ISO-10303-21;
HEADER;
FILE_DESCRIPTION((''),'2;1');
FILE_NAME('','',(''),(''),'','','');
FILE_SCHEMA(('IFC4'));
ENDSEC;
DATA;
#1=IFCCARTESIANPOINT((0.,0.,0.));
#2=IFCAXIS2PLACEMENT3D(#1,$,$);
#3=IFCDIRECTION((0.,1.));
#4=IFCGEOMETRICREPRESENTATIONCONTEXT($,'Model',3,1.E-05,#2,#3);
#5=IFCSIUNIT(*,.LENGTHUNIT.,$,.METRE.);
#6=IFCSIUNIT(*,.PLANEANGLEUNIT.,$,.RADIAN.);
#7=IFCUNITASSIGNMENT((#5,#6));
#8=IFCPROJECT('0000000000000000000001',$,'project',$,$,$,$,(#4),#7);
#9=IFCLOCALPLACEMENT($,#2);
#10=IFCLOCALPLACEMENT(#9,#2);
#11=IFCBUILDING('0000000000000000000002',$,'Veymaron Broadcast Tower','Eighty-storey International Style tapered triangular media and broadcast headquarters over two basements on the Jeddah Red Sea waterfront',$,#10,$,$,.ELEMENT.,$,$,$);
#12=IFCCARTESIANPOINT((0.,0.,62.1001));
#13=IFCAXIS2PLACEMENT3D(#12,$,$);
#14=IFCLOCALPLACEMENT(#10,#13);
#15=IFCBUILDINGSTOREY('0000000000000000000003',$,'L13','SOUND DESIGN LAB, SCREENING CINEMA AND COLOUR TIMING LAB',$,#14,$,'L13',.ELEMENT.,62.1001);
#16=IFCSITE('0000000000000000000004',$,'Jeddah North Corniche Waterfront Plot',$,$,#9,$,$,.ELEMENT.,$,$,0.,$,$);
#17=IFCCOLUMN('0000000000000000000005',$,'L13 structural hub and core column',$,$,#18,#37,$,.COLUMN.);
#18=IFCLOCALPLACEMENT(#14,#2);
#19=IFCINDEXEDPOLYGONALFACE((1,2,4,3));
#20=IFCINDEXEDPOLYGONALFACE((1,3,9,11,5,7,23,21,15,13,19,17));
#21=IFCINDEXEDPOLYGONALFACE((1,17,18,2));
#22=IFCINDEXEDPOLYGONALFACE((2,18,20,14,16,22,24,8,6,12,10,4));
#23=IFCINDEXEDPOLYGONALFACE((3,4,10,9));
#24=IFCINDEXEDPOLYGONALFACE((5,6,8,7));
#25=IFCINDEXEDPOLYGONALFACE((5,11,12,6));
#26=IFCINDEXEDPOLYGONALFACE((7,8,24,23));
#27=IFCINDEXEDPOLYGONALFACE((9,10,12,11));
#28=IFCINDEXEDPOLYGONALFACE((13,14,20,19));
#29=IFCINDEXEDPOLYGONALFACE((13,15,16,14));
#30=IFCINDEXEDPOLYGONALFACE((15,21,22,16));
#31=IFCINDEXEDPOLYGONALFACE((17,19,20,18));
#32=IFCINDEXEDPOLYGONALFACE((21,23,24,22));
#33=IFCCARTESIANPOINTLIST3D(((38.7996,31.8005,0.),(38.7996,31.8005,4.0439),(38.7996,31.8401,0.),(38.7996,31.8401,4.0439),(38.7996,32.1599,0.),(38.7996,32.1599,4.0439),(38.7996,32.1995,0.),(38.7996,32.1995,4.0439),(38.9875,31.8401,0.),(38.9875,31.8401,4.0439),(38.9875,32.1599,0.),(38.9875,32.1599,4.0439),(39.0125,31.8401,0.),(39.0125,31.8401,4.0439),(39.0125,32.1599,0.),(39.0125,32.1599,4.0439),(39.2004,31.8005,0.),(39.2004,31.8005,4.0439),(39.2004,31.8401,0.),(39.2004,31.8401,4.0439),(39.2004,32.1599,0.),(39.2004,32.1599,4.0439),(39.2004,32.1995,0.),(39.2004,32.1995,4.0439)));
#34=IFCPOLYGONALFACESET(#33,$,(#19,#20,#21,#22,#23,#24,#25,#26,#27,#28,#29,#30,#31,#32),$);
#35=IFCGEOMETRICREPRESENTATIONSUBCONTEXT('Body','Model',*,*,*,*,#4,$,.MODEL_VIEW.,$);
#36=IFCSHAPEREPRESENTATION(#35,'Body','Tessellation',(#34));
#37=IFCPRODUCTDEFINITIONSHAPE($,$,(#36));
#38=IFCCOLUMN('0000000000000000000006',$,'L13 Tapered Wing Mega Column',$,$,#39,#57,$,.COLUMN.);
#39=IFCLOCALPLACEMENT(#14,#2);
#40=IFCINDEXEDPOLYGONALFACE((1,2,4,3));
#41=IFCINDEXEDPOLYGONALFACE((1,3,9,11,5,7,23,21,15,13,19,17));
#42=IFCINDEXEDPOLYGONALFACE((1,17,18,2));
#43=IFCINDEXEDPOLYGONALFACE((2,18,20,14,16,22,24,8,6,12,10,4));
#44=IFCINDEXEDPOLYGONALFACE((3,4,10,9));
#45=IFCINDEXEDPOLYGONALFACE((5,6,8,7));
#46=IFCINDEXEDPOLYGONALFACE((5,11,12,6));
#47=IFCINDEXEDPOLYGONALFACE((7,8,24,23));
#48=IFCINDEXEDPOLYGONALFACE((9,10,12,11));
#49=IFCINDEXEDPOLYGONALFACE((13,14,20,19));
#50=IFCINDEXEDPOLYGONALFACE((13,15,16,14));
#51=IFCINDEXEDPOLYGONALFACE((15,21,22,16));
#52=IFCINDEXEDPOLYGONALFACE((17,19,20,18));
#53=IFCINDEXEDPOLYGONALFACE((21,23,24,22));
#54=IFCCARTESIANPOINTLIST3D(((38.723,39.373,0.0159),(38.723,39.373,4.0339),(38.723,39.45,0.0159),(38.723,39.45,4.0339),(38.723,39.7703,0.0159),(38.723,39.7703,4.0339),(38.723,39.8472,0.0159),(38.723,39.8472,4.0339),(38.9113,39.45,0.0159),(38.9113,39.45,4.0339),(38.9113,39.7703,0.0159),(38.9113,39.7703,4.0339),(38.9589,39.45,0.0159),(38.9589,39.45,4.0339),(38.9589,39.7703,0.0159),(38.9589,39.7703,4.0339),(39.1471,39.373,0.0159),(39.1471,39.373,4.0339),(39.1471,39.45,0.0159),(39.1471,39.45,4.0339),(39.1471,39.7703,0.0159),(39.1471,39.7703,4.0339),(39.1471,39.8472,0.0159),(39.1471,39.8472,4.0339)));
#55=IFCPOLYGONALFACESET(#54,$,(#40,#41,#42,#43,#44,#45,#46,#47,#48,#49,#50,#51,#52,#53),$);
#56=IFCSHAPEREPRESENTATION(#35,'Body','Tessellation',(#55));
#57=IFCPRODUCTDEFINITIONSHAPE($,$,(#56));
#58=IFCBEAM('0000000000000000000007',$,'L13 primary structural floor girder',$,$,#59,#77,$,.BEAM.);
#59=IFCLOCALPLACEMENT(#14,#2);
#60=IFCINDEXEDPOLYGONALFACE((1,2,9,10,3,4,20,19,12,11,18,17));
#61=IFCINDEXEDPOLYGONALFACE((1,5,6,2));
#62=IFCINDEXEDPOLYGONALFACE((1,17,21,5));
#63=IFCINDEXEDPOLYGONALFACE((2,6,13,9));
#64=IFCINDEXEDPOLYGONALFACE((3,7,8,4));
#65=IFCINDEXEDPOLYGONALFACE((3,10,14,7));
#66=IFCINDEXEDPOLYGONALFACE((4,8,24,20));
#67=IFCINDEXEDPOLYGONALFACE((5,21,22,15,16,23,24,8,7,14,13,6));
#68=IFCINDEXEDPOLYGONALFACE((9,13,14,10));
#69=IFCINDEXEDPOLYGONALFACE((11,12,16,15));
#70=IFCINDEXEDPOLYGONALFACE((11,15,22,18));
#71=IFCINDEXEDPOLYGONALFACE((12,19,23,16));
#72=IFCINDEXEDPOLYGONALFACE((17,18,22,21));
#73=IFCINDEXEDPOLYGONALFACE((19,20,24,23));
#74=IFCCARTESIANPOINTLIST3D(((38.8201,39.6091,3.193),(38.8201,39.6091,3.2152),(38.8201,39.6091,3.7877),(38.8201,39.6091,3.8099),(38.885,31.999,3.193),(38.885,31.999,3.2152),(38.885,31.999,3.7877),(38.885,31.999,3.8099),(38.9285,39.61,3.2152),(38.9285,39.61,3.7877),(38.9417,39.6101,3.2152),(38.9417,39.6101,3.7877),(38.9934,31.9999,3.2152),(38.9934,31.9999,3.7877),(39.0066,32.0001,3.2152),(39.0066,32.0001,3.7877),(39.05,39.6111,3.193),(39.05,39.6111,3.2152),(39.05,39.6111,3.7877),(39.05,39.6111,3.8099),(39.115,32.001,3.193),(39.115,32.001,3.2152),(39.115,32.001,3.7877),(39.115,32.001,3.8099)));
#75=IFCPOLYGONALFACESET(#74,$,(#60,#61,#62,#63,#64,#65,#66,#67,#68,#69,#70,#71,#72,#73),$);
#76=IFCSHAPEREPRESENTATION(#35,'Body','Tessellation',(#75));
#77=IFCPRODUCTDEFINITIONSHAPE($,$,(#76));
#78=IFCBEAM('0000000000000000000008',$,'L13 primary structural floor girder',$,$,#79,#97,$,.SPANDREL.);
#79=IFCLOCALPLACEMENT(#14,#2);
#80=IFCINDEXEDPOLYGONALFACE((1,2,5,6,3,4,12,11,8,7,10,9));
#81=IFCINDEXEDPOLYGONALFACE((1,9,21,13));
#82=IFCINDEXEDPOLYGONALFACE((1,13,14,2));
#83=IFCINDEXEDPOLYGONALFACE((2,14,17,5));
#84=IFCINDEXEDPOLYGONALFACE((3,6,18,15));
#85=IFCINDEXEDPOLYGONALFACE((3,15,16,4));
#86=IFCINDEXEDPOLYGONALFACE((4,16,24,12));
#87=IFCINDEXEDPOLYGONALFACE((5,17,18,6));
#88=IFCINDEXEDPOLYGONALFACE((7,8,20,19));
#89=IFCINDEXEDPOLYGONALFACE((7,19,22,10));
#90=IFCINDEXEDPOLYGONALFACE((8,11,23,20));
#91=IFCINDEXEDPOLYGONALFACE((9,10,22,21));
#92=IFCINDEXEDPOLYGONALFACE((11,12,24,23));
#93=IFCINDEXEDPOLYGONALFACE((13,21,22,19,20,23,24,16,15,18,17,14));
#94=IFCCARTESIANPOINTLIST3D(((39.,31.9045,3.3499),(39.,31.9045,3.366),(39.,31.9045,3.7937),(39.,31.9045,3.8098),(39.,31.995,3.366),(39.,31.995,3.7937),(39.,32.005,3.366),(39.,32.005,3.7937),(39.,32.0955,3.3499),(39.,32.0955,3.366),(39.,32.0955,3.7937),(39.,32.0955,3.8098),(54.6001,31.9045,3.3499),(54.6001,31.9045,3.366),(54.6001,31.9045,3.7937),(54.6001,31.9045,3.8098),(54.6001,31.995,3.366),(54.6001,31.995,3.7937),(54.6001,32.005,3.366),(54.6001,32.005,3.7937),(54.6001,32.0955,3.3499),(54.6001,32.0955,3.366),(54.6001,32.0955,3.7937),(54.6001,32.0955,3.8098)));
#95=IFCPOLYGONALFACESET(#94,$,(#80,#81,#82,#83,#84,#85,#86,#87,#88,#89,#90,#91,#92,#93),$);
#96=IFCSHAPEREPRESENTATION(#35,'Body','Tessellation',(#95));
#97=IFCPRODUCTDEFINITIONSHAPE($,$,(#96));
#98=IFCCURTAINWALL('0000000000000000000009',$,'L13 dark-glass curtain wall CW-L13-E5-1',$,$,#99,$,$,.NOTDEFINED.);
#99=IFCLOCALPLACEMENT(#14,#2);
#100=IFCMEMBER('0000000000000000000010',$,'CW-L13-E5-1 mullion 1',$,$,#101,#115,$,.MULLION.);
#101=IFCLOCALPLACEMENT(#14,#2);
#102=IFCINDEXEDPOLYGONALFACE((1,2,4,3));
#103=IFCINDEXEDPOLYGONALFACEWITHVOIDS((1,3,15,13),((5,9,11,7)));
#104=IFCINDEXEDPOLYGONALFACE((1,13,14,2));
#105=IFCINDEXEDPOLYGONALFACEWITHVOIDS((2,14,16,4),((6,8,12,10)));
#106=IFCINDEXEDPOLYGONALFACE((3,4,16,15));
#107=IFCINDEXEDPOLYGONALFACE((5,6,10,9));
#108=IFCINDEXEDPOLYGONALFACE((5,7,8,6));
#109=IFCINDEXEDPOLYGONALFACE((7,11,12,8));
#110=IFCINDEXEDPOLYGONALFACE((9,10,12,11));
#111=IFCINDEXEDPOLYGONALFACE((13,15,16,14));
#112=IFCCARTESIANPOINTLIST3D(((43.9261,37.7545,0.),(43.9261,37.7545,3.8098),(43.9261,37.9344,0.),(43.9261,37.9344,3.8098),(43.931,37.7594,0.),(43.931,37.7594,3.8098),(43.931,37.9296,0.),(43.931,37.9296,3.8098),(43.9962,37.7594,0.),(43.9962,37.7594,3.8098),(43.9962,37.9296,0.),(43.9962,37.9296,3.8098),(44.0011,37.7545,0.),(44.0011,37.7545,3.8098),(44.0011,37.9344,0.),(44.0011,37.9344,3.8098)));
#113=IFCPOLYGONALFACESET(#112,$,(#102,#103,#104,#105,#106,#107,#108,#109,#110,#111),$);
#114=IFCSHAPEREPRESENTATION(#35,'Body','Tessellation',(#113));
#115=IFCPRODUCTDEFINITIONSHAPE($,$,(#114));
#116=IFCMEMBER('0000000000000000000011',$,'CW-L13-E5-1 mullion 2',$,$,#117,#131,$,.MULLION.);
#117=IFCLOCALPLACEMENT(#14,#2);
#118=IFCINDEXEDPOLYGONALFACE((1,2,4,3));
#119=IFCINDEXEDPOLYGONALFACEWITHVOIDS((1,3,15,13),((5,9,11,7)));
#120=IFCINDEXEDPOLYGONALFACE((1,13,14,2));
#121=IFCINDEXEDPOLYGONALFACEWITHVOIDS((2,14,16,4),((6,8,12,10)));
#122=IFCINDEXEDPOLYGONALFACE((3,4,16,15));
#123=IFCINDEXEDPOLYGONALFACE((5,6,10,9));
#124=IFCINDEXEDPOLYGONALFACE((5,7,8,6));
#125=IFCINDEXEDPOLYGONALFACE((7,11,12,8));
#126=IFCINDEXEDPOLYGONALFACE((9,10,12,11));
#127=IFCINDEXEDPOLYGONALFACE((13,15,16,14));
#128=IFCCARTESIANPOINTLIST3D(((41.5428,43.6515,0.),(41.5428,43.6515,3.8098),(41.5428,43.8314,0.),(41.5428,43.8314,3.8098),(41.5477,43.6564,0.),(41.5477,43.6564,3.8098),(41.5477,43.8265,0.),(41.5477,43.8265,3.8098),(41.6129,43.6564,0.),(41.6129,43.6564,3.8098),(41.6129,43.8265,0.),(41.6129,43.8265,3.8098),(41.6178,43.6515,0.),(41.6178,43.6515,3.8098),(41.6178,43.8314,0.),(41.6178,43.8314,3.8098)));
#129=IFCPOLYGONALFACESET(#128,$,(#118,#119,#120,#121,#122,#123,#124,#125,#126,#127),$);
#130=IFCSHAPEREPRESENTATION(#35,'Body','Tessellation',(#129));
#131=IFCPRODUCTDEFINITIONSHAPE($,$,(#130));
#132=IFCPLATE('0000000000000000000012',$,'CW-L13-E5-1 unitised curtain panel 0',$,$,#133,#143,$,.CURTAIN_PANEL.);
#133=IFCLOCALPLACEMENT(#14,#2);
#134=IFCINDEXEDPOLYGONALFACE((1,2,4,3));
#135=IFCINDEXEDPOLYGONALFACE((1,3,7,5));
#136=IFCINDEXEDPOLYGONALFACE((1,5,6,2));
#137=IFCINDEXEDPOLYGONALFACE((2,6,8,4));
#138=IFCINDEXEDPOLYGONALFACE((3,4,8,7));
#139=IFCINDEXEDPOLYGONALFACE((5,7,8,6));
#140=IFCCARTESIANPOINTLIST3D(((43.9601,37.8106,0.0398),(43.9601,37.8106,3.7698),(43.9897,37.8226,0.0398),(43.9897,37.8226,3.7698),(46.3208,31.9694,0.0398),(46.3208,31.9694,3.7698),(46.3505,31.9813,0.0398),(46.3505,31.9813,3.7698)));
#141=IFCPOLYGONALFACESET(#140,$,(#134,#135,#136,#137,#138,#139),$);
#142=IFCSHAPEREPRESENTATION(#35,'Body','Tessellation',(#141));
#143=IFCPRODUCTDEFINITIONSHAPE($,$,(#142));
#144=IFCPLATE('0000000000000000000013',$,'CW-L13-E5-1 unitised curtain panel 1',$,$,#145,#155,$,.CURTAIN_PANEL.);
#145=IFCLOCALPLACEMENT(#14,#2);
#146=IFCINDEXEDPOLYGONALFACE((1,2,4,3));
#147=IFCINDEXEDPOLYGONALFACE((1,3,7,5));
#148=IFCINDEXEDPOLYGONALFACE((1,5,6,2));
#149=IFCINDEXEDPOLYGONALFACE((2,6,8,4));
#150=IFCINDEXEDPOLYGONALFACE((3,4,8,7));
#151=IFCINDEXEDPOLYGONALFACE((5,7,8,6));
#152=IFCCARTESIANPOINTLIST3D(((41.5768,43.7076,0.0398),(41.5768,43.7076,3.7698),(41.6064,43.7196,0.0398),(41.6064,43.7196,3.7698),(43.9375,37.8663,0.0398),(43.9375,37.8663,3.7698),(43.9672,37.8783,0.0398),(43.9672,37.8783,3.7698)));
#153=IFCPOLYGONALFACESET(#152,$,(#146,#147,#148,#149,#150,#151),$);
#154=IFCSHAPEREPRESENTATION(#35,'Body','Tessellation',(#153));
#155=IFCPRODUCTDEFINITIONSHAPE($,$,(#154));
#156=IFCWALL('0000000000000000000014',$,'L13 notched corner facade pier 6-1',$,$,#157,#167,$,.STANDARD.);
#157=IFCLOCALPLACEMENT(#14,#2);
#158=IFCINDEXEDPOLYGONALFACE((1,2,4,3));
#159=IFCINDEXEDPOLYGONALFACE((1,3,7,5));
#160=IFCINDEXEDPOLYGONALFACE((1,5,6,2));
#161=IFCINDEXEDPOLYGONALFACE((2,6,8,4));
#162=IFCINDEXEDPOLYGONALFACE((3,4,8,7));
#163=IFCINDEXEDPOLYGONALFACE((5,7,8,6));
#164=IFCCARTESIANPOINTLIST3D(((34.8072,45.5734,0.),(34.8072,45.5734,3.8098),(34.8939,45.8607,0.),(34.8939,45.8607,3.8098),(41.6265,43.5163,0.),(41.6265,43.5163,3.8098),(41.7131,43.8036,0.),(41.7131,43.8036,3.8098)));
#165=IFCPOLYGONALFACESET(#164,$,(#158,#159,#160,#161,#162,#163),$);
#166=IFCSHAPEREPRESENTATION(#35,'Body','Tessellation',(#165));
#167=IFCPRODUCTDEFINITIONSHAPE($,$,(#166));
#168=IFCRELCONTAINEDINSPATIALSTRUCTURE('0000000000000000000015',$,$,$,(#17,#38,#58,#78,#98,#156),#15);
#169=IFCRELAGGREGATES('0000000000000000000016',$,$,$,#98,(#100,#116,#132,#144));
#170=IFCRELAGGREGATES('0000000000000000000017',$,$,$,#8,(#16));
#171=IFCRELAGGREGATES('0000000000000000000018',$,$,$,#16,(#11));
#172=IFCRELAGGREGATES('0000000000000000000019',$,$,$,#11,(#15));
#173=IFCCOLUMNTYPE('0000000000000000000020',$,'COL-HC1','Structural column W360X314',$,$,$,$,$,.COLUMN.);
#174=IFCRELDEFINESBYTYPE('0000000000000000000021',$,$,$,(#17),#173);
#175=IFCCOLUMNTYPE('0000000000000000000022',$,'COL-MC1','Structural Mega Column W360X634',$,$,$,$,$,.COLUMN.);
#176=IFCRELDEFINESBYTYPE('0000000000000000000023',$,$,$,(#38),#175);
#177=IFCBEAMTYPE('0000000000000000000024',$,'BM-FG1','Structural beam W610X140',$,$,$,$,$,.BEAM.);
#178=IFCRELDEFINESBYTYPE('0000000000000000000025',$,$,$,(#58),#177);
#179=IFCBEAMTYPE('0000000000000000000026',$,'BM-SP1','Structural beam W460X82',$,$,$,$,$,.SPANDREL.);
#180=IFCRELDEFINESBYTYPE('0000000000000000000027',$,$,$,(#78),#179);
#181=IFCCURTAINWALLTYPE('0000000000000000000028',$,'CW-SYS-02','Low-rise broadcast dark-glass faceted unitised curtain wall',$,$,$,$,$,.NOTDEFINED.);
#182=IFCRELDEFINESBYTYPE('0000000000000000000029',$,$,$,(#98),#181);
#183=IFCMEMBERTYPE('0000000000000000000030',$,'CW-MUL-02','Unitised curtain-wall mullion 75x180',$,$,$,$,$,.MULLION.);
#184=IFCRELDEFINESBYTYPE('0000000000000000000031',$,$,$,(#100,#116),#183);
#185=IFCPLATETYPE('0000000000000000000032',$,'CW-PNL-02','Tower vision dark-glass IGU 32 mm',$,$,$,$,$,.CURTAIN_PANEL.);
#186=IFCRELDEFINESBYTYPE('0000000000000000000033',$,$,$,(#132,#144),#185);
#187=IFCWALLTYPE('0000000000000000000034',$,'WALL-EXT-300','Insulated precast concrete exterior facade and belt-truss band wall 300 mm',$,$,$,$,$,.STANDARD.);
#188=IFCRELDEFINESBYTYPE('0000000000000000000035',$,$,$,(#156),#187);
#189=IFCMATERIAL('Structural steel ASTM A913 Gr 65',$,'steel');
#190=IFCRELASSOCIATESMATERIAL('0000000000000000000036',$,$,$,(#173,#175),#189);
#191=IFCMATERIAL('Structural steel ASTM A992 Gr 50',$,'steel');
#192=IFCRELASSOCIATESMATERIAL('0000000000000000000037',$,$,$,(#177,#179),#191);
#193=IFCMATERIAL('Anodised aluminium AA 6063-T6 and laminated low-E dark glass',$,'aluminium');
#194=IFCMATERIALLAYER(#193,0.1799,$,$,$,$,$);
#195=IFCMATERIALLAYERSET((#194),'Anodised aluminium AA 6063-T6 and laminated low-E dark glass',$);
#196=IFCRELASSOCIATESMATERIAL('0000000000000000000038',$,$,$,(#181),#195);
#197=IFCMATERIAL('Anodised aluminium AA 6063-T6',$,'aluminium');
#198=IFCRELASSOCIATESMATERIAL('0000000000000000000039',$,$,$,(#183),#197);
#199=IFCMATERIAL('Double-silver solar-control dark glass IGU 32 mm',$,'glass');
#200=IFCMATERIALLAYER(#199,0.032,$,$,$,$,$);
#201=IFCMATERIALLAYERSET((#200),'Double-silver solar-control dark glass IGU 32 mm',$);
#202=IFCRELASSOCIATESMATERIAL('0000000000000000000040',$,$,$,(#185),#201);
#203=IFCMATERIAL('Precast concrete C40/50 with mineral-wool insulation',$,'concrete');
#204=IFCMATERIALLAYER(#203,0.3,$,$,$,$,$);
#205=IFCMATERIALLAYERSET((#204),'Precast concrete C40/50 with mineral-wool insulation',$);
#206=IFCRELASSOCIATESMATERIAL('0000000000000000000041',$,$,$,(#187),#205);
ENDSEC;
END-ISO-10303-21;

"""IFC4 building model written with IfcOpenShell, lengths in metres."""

from ifc_helpers import new_model, si_unit, direction, frame, frame_2d, origin, origin_2d, place, context, subcontext, project, spatial, rectangle, hollow_rectangle, i_section, extrude, material, layer, layer_set, material_profile, profile_set, type_object, element, aggregate, save


model = new_model("IFC4")

# Units and contexts
model_context = context("Model", 3, precision=1e-05, world=origin(), true_north=direction((0.0, 1.0)))
body_context = subcontext(model_context, "Body", "Model", "MODEL_VIEW")
ifc_project = project(units=[si_unit("LENGTHUNIT", "METRE"), si_unit("PLANEANGLEUNIT", "RADIAN")], contexts=[model_context])

# Site, building, storey
site_placement = place(None, origin())
site = spatial("IfcSite", under=ifc_project, at=site_placement, Name="Jeddah North Corniche Waterfront Plot", CompositionType="ELEMENT", RefElevation=0.0)
building_placement = place(site_placement, origin())
building = spatial("IfcBuilding", under=site, at=building_placement, Name="Veymaron Broadcast Tower", Description="Eighty-storey International Style tapered triangular media and broadcast headquarters over two basements on the Jeddah Red Sea waterfront", CompositionType="ELEMENT")
storey_placement = place(building_placement, frame((0.0, 0.0, 62.1001)))
storey = spatial("IfcBuildingStorey", under=building, at=storey_placement, Name="L13", Description="SOUND DESIGN LAB, SCREENING CINEMA AND COLOUR TIMING LAB", LongName="L13", CompositionType="ELEMENT", Elevation=62.1001)

# Columns
ifc_material_1 = material(Name="Structural steel ASTM A913 Gr 65", Category="steel")
ifc_material_profile_1 = material_profile(ifc_material_1, i_section(OverallWidth=0.4009, OverallDepth=0.3989, WebThickness=0.0249, FlangeThickness=0.0396, at=origin_2d()), Name="W360X314")
ifc_profile_set_1 = profile_set([ifc_material_profile_1], Name="Structural steel ASTM A913 Gr 65")
column_type_1 = type_object("IfcColumnType", Name="COL-HC1", Description="Structural column W360X314", PredefinedType="COLUMN", material=ifc_profile_set_1)
column_1_placement = place(storey_placement, frame((39.0, 32.0, 0.0), z_axis=(0.0, 0.0, 1.0), x_axis=(1.0, 0.0, 0.0)))
element("IfcColumn", 1, at=column_1_placement, inside=storey, type_object=column_type_1, Name="L13 structural hub and core column", PredefinedType="COLUMN", context=body_context, shape_type="SweptSolid", body=[
    extrude(i_section(OverallWidth=0.4009, OverallDepth=0.3989, WebThickness=0.0249, FlangeThickness=0.0396, at=origin_2d()), origin(), (0.0, 0.0, 1.0), 4.0439),
])
ifc_material_profile_2 = material_profile(ifc_material_1, i_section(OverallWidth=0.4241, OverallDepth=0.4741, WebThickness=0.0476, FlangeThickness=0.0769, at=origin_2d()), Name="W360X634")
ifc_profile_set_2 = profile_set([ifc_material_profile_2], Name="Structural steel ASTM A913 Gr 65")
column_type_2 = type_object("IfcColumnType", Name="COL-MC1", Description="Structural Mega Column W360X634", PredefinedType="COLUMN", material=ifc_profile_set_2)
column_2_placement = place(storey_placement, frame((38.9351, 39.6101, 0.0159), z_axis=(0.0, 0.0, 1.0), x_axis=(1.0, 0.0, 0.0)))
element("IfcColumn", 2, at=column_2_placement, inside=storey, type_object=column_type_2, Name="L13 Tapered Wing Mega Column", PredefinedType="COLUMN", context=body_context, shape_type="SweptSolid", body=[
    extrude(i_section(OverallWidth=0.4241, OverallDepth=0.4741, WebThickness=0.0476, FlangeThickness=0.0769, at=origin_2d()), origin(), (0.0, 0.0, 1.0), 4.0181),
])

# Beams
ifc_material_2 = material(Name="Structural steel ASTM A992 Gr 50", Category="steel")
ifc_material_profile_3 = material_profile(ifc_material_2, i_section(OverallWidth=0.23, OverallDepth=0.6169, WebThickness=0.0132, FlangeThickness=0.0222, at=origin_2d()), Name="W610X140")
ifc_profile_set_3 = profile_set([ifc_material_profile_3], Name="Structural steel ASTM A992 Gr 50")
beam_type_1 = type_object("IfcBeamType", Name="BM-FG1", Description="Structural beam W610X140", PredefinedType="BEAM", material=ifc_profile_set_3)
beam_1_placement = place(storey_placement, frame((39.0, 32.0, 3.5015), z_axis=(-0.008533, 0.999964, 0.0), x_axis=(-0.999964, -0.008533, 0.0)))
element("IfcBeam", 3, at=beam_1_placement, inside=storey, type_object=beam_type_1, Name="L13 primary structural floor girder", PredefinedType="BEAM", context=body_context, shape_type="SweptSolid", body=[
    extrude(i_section(OverallWidth=0.23, OverallDepth=0.6169, WebThickness=0.0132, FlangeThickness=0.0222, at=origin_2d()), origin(), (0.0, 0.0, 1.0), 7.6104),
])
ifc_material_profile_4 = material_profile(ifc_material_2, i_section(OverallWidth=0.1909, OverallDepth=0.46, WebThickness=0.01, FlangeThickness=0.0161, at=origin_2d()), Name="W460X82")
ifc_profile_set_4 = profile_set([ifc_material_profile_4], Name="Structural steel ASTM A992 Gr 50")
beam_type_2 = type_object("IfcBeamType", Name="BM-SP1", Description="Structural beam W460X82", PredefinedType="SPANDREL", material=ifc_profile_set_4)
beam_2_placement = place(storey_placement, frame((39.0, 32.0, 3.5798), z_axis=(1.0, 0.0, 0.0), x_axis=(0.0, 1.0, 0.0)))
element("IfcBeam", 4, at=beam_2_placement, inside=storey, type_object=beam_type_2, Name="L13 primary structural floor girder", PredefinedType="SPANDREL", context=body_context, shape_type="SweptSolid", body=[
    extrude(i_section(OverallWidth=0.1909, OverallDepth=0.46, WebThickness=0.01, FlangeThickness=0.0161, at=origin_2d()), origin(), (0.0, 0.0, 1.0), 15.6001),
])

# Curtain wall, members, plates
ifc_material_3 = material(Name="Anodised aluminium AA 6063-T6 and laminated low-E dark glass", Category="aluminium")
ifc_layer_1 = layer(ifc_material_3, 0.1799)
ifc_layer_set_1 = layer_set([ifc_layer_1], Name="Anodised aluminium AA 6063-T6 and laminated low-E dark glass")
curtain_wall_type = type_object("IfcCurtainWallType", Name="CW-SYS-02", Description="Low-rise broadcast dark-glass faceted unitised curtain wall", PredefinedType="NOTDEFINED", material=ifc_layer_set_1)
curtain_wall_placement = place(storey_placement, origin())
curtain_wall = element("IfcCurtainWall", 5, at=curtain_wall_placement, inside=storey, type_object=curtain_wall_type, Name="L13 dark-glass curtain wall CW-L13-E5-1", PredefinedType="NOTDEFINED")
ifc_material_4 = material(Name="Anodised aluminium AA 6063-T6", Category="aluminium")
ifc_material_profile_5 = material_profile(ifc_material_4, hollow_rectangle(XDim=0.075, YDim=0.1799, WallThickness=0.0049, at=origin_2d()), Name="AL180X75X5")
ifc_profile_set_5 = profile_set([ifc_material_profile_5], Name="Anodised aluminium AA 6063-T6")
member_type = type_object("IfcMemberType", Name="CW-MUL-02", Description="Unitised curtain-wall mullion 75x180", PredefinedType="MULLION", material=ifc_profile_set_5)
member_1_placement = place(storey_placement, frame((43.9636, 37.8445, 0.0), z_axis=(0.0, 0.0, 1.0), x_axis=(1.0, 0.0, 0.0)))
member_1 = element("IfcMember", 6, at=member_1_placement, type_object=member_type, Name="CW-L13-E5-1 mullion 1", PredefinedType="MULLION", context=body_context, shape_type="SweptSolid", body=[
    extrude(hollow_rectangle(XDim=0.075, YDim=0.1799, WallThickness=0.0049, at=origin_2d()), origin(), (0.0, 0.0, 1.0), 3.8098),
])
member_2_placement = place(storey_placement, frame((41.5803, 43.7415, 0.0), z_axis=(0.0, 0.0, 1.0), x_axis=(1.0, 0.0, 0.0)))
member_2 = element("IfcMember", 7, at=member_2_placement, type_object=member_type, Name="CW-L13-E5-1 mullion 2", PredefinedType="MULLION", context=body_context, shape_type="SweptSolid", body=[
    extrude(hollow_rectangle(XDim=0.075, YDim=0.1799, WallThickness=0.0049, at=origin_2d()), origin(), (0.0, 0.0, 1.0), 3.8098),
])
ifc_material_5 = material(Name="Double-silver solar-control dark glass IGU 32 mm", Category="glass")
ifc_layer_2 = layer(ifc_material_5, 0.032)
ifc_layer_set_2 = layer_set([ifc_layer_2], Name="Double-silver solar-control dark glass IGU 32 mm")
plate_type = type_object("IfcPlateType", Name="CW-PNL-02", Description="Tower vision dark-glass IGU 32 mm", PredefinedType="CURTAIN_PANEL", material=ifc_layer_set_2)
plate_1_placement = place(storey_placement, frame((45.1553, 34.896, 0.0398), z_axis=(0.0, 0.0, 1.0), x_axis=(-0.374704, 0.927145, 0.0)))
plate_1 = element("IfcPlate", 8, at=plate_1_placement, type_object=plate_type, Name="CW-L13-E5-1 unitised curtain panel 0", PredefinedType="CURTAIN_PANEL", context=body_context, shape_type="SweptSolid", body=[
    extrude(rectangle(XDim=6.3003, YDim=0.032, at=origin_2d()), origin(), (0.0, 0.0, 1.0), 3.73),
])
plate_2_placement = place(storey_placement, frame((42.772, 40.793, 0.0398), z_axis=(0.0, 0.0, 1.0), x_axis=(-0.374704, 0.927145, 0.0)))
plate_2 = element("IfcPlate", 9, at=plate_2_placement, type_object=plate_type, Name="CW-L13-E5-1 unitised curtain panel 1", PredefinedType="CURTAIN_PANEL", context=body_context, shape_type="SweptSolid", body=[
    extrude(rectangle(XDim=6.3003, YDim=0.032, at=origin_2d()), origin(), (0.0, 0.0, 1.0), 3.73),
])
aggregate(curtain_wall, [member_1, member_2, plate_1, plate_2])

# Wall
ifc_material_6 = material(Name="Precast concrete C40/50 with mineral-wool insulation", Category="concrete")
ifc_layer_3 = layer(ifc_material_6, 0.3)
ifc_layer_set_3 = layer_set([ifc_layer_3], Name="Precast concrete C40/50 with mineral-wool insulation")
wall_type_1 = type_object("IfcWallType", Name="WALL-EXT-300", Description="Insulated precast concrete exterior facade and belt-truss band wall 300 mm", PredefinedType="STANDARD", material=ifc_layer_set_3)
wall_1_placement = place(storey_placement, frame((41.6699, 43.6599, 0.0), z_axis=(0.0, 0.0, 1.0), x_axis=(-0.957387, 0.288807, 0.0)))
element("IfcWall", 10, at=wall_1_placement, inside=storey, type_object=wall_type_1, Name="L13 notched corner facade pier 6-1", PredefinedType="STANDARD", context=body_context, shape_type="SweptSolid", body=[
    extrude(rectangle(XDim=7.1228, YDim=0.3, at=frame_2d((3.5615, 0.0))), origin(), (0.0, 0.0, 1.0), 3.8098),
])

save(model, "model.ifc")
